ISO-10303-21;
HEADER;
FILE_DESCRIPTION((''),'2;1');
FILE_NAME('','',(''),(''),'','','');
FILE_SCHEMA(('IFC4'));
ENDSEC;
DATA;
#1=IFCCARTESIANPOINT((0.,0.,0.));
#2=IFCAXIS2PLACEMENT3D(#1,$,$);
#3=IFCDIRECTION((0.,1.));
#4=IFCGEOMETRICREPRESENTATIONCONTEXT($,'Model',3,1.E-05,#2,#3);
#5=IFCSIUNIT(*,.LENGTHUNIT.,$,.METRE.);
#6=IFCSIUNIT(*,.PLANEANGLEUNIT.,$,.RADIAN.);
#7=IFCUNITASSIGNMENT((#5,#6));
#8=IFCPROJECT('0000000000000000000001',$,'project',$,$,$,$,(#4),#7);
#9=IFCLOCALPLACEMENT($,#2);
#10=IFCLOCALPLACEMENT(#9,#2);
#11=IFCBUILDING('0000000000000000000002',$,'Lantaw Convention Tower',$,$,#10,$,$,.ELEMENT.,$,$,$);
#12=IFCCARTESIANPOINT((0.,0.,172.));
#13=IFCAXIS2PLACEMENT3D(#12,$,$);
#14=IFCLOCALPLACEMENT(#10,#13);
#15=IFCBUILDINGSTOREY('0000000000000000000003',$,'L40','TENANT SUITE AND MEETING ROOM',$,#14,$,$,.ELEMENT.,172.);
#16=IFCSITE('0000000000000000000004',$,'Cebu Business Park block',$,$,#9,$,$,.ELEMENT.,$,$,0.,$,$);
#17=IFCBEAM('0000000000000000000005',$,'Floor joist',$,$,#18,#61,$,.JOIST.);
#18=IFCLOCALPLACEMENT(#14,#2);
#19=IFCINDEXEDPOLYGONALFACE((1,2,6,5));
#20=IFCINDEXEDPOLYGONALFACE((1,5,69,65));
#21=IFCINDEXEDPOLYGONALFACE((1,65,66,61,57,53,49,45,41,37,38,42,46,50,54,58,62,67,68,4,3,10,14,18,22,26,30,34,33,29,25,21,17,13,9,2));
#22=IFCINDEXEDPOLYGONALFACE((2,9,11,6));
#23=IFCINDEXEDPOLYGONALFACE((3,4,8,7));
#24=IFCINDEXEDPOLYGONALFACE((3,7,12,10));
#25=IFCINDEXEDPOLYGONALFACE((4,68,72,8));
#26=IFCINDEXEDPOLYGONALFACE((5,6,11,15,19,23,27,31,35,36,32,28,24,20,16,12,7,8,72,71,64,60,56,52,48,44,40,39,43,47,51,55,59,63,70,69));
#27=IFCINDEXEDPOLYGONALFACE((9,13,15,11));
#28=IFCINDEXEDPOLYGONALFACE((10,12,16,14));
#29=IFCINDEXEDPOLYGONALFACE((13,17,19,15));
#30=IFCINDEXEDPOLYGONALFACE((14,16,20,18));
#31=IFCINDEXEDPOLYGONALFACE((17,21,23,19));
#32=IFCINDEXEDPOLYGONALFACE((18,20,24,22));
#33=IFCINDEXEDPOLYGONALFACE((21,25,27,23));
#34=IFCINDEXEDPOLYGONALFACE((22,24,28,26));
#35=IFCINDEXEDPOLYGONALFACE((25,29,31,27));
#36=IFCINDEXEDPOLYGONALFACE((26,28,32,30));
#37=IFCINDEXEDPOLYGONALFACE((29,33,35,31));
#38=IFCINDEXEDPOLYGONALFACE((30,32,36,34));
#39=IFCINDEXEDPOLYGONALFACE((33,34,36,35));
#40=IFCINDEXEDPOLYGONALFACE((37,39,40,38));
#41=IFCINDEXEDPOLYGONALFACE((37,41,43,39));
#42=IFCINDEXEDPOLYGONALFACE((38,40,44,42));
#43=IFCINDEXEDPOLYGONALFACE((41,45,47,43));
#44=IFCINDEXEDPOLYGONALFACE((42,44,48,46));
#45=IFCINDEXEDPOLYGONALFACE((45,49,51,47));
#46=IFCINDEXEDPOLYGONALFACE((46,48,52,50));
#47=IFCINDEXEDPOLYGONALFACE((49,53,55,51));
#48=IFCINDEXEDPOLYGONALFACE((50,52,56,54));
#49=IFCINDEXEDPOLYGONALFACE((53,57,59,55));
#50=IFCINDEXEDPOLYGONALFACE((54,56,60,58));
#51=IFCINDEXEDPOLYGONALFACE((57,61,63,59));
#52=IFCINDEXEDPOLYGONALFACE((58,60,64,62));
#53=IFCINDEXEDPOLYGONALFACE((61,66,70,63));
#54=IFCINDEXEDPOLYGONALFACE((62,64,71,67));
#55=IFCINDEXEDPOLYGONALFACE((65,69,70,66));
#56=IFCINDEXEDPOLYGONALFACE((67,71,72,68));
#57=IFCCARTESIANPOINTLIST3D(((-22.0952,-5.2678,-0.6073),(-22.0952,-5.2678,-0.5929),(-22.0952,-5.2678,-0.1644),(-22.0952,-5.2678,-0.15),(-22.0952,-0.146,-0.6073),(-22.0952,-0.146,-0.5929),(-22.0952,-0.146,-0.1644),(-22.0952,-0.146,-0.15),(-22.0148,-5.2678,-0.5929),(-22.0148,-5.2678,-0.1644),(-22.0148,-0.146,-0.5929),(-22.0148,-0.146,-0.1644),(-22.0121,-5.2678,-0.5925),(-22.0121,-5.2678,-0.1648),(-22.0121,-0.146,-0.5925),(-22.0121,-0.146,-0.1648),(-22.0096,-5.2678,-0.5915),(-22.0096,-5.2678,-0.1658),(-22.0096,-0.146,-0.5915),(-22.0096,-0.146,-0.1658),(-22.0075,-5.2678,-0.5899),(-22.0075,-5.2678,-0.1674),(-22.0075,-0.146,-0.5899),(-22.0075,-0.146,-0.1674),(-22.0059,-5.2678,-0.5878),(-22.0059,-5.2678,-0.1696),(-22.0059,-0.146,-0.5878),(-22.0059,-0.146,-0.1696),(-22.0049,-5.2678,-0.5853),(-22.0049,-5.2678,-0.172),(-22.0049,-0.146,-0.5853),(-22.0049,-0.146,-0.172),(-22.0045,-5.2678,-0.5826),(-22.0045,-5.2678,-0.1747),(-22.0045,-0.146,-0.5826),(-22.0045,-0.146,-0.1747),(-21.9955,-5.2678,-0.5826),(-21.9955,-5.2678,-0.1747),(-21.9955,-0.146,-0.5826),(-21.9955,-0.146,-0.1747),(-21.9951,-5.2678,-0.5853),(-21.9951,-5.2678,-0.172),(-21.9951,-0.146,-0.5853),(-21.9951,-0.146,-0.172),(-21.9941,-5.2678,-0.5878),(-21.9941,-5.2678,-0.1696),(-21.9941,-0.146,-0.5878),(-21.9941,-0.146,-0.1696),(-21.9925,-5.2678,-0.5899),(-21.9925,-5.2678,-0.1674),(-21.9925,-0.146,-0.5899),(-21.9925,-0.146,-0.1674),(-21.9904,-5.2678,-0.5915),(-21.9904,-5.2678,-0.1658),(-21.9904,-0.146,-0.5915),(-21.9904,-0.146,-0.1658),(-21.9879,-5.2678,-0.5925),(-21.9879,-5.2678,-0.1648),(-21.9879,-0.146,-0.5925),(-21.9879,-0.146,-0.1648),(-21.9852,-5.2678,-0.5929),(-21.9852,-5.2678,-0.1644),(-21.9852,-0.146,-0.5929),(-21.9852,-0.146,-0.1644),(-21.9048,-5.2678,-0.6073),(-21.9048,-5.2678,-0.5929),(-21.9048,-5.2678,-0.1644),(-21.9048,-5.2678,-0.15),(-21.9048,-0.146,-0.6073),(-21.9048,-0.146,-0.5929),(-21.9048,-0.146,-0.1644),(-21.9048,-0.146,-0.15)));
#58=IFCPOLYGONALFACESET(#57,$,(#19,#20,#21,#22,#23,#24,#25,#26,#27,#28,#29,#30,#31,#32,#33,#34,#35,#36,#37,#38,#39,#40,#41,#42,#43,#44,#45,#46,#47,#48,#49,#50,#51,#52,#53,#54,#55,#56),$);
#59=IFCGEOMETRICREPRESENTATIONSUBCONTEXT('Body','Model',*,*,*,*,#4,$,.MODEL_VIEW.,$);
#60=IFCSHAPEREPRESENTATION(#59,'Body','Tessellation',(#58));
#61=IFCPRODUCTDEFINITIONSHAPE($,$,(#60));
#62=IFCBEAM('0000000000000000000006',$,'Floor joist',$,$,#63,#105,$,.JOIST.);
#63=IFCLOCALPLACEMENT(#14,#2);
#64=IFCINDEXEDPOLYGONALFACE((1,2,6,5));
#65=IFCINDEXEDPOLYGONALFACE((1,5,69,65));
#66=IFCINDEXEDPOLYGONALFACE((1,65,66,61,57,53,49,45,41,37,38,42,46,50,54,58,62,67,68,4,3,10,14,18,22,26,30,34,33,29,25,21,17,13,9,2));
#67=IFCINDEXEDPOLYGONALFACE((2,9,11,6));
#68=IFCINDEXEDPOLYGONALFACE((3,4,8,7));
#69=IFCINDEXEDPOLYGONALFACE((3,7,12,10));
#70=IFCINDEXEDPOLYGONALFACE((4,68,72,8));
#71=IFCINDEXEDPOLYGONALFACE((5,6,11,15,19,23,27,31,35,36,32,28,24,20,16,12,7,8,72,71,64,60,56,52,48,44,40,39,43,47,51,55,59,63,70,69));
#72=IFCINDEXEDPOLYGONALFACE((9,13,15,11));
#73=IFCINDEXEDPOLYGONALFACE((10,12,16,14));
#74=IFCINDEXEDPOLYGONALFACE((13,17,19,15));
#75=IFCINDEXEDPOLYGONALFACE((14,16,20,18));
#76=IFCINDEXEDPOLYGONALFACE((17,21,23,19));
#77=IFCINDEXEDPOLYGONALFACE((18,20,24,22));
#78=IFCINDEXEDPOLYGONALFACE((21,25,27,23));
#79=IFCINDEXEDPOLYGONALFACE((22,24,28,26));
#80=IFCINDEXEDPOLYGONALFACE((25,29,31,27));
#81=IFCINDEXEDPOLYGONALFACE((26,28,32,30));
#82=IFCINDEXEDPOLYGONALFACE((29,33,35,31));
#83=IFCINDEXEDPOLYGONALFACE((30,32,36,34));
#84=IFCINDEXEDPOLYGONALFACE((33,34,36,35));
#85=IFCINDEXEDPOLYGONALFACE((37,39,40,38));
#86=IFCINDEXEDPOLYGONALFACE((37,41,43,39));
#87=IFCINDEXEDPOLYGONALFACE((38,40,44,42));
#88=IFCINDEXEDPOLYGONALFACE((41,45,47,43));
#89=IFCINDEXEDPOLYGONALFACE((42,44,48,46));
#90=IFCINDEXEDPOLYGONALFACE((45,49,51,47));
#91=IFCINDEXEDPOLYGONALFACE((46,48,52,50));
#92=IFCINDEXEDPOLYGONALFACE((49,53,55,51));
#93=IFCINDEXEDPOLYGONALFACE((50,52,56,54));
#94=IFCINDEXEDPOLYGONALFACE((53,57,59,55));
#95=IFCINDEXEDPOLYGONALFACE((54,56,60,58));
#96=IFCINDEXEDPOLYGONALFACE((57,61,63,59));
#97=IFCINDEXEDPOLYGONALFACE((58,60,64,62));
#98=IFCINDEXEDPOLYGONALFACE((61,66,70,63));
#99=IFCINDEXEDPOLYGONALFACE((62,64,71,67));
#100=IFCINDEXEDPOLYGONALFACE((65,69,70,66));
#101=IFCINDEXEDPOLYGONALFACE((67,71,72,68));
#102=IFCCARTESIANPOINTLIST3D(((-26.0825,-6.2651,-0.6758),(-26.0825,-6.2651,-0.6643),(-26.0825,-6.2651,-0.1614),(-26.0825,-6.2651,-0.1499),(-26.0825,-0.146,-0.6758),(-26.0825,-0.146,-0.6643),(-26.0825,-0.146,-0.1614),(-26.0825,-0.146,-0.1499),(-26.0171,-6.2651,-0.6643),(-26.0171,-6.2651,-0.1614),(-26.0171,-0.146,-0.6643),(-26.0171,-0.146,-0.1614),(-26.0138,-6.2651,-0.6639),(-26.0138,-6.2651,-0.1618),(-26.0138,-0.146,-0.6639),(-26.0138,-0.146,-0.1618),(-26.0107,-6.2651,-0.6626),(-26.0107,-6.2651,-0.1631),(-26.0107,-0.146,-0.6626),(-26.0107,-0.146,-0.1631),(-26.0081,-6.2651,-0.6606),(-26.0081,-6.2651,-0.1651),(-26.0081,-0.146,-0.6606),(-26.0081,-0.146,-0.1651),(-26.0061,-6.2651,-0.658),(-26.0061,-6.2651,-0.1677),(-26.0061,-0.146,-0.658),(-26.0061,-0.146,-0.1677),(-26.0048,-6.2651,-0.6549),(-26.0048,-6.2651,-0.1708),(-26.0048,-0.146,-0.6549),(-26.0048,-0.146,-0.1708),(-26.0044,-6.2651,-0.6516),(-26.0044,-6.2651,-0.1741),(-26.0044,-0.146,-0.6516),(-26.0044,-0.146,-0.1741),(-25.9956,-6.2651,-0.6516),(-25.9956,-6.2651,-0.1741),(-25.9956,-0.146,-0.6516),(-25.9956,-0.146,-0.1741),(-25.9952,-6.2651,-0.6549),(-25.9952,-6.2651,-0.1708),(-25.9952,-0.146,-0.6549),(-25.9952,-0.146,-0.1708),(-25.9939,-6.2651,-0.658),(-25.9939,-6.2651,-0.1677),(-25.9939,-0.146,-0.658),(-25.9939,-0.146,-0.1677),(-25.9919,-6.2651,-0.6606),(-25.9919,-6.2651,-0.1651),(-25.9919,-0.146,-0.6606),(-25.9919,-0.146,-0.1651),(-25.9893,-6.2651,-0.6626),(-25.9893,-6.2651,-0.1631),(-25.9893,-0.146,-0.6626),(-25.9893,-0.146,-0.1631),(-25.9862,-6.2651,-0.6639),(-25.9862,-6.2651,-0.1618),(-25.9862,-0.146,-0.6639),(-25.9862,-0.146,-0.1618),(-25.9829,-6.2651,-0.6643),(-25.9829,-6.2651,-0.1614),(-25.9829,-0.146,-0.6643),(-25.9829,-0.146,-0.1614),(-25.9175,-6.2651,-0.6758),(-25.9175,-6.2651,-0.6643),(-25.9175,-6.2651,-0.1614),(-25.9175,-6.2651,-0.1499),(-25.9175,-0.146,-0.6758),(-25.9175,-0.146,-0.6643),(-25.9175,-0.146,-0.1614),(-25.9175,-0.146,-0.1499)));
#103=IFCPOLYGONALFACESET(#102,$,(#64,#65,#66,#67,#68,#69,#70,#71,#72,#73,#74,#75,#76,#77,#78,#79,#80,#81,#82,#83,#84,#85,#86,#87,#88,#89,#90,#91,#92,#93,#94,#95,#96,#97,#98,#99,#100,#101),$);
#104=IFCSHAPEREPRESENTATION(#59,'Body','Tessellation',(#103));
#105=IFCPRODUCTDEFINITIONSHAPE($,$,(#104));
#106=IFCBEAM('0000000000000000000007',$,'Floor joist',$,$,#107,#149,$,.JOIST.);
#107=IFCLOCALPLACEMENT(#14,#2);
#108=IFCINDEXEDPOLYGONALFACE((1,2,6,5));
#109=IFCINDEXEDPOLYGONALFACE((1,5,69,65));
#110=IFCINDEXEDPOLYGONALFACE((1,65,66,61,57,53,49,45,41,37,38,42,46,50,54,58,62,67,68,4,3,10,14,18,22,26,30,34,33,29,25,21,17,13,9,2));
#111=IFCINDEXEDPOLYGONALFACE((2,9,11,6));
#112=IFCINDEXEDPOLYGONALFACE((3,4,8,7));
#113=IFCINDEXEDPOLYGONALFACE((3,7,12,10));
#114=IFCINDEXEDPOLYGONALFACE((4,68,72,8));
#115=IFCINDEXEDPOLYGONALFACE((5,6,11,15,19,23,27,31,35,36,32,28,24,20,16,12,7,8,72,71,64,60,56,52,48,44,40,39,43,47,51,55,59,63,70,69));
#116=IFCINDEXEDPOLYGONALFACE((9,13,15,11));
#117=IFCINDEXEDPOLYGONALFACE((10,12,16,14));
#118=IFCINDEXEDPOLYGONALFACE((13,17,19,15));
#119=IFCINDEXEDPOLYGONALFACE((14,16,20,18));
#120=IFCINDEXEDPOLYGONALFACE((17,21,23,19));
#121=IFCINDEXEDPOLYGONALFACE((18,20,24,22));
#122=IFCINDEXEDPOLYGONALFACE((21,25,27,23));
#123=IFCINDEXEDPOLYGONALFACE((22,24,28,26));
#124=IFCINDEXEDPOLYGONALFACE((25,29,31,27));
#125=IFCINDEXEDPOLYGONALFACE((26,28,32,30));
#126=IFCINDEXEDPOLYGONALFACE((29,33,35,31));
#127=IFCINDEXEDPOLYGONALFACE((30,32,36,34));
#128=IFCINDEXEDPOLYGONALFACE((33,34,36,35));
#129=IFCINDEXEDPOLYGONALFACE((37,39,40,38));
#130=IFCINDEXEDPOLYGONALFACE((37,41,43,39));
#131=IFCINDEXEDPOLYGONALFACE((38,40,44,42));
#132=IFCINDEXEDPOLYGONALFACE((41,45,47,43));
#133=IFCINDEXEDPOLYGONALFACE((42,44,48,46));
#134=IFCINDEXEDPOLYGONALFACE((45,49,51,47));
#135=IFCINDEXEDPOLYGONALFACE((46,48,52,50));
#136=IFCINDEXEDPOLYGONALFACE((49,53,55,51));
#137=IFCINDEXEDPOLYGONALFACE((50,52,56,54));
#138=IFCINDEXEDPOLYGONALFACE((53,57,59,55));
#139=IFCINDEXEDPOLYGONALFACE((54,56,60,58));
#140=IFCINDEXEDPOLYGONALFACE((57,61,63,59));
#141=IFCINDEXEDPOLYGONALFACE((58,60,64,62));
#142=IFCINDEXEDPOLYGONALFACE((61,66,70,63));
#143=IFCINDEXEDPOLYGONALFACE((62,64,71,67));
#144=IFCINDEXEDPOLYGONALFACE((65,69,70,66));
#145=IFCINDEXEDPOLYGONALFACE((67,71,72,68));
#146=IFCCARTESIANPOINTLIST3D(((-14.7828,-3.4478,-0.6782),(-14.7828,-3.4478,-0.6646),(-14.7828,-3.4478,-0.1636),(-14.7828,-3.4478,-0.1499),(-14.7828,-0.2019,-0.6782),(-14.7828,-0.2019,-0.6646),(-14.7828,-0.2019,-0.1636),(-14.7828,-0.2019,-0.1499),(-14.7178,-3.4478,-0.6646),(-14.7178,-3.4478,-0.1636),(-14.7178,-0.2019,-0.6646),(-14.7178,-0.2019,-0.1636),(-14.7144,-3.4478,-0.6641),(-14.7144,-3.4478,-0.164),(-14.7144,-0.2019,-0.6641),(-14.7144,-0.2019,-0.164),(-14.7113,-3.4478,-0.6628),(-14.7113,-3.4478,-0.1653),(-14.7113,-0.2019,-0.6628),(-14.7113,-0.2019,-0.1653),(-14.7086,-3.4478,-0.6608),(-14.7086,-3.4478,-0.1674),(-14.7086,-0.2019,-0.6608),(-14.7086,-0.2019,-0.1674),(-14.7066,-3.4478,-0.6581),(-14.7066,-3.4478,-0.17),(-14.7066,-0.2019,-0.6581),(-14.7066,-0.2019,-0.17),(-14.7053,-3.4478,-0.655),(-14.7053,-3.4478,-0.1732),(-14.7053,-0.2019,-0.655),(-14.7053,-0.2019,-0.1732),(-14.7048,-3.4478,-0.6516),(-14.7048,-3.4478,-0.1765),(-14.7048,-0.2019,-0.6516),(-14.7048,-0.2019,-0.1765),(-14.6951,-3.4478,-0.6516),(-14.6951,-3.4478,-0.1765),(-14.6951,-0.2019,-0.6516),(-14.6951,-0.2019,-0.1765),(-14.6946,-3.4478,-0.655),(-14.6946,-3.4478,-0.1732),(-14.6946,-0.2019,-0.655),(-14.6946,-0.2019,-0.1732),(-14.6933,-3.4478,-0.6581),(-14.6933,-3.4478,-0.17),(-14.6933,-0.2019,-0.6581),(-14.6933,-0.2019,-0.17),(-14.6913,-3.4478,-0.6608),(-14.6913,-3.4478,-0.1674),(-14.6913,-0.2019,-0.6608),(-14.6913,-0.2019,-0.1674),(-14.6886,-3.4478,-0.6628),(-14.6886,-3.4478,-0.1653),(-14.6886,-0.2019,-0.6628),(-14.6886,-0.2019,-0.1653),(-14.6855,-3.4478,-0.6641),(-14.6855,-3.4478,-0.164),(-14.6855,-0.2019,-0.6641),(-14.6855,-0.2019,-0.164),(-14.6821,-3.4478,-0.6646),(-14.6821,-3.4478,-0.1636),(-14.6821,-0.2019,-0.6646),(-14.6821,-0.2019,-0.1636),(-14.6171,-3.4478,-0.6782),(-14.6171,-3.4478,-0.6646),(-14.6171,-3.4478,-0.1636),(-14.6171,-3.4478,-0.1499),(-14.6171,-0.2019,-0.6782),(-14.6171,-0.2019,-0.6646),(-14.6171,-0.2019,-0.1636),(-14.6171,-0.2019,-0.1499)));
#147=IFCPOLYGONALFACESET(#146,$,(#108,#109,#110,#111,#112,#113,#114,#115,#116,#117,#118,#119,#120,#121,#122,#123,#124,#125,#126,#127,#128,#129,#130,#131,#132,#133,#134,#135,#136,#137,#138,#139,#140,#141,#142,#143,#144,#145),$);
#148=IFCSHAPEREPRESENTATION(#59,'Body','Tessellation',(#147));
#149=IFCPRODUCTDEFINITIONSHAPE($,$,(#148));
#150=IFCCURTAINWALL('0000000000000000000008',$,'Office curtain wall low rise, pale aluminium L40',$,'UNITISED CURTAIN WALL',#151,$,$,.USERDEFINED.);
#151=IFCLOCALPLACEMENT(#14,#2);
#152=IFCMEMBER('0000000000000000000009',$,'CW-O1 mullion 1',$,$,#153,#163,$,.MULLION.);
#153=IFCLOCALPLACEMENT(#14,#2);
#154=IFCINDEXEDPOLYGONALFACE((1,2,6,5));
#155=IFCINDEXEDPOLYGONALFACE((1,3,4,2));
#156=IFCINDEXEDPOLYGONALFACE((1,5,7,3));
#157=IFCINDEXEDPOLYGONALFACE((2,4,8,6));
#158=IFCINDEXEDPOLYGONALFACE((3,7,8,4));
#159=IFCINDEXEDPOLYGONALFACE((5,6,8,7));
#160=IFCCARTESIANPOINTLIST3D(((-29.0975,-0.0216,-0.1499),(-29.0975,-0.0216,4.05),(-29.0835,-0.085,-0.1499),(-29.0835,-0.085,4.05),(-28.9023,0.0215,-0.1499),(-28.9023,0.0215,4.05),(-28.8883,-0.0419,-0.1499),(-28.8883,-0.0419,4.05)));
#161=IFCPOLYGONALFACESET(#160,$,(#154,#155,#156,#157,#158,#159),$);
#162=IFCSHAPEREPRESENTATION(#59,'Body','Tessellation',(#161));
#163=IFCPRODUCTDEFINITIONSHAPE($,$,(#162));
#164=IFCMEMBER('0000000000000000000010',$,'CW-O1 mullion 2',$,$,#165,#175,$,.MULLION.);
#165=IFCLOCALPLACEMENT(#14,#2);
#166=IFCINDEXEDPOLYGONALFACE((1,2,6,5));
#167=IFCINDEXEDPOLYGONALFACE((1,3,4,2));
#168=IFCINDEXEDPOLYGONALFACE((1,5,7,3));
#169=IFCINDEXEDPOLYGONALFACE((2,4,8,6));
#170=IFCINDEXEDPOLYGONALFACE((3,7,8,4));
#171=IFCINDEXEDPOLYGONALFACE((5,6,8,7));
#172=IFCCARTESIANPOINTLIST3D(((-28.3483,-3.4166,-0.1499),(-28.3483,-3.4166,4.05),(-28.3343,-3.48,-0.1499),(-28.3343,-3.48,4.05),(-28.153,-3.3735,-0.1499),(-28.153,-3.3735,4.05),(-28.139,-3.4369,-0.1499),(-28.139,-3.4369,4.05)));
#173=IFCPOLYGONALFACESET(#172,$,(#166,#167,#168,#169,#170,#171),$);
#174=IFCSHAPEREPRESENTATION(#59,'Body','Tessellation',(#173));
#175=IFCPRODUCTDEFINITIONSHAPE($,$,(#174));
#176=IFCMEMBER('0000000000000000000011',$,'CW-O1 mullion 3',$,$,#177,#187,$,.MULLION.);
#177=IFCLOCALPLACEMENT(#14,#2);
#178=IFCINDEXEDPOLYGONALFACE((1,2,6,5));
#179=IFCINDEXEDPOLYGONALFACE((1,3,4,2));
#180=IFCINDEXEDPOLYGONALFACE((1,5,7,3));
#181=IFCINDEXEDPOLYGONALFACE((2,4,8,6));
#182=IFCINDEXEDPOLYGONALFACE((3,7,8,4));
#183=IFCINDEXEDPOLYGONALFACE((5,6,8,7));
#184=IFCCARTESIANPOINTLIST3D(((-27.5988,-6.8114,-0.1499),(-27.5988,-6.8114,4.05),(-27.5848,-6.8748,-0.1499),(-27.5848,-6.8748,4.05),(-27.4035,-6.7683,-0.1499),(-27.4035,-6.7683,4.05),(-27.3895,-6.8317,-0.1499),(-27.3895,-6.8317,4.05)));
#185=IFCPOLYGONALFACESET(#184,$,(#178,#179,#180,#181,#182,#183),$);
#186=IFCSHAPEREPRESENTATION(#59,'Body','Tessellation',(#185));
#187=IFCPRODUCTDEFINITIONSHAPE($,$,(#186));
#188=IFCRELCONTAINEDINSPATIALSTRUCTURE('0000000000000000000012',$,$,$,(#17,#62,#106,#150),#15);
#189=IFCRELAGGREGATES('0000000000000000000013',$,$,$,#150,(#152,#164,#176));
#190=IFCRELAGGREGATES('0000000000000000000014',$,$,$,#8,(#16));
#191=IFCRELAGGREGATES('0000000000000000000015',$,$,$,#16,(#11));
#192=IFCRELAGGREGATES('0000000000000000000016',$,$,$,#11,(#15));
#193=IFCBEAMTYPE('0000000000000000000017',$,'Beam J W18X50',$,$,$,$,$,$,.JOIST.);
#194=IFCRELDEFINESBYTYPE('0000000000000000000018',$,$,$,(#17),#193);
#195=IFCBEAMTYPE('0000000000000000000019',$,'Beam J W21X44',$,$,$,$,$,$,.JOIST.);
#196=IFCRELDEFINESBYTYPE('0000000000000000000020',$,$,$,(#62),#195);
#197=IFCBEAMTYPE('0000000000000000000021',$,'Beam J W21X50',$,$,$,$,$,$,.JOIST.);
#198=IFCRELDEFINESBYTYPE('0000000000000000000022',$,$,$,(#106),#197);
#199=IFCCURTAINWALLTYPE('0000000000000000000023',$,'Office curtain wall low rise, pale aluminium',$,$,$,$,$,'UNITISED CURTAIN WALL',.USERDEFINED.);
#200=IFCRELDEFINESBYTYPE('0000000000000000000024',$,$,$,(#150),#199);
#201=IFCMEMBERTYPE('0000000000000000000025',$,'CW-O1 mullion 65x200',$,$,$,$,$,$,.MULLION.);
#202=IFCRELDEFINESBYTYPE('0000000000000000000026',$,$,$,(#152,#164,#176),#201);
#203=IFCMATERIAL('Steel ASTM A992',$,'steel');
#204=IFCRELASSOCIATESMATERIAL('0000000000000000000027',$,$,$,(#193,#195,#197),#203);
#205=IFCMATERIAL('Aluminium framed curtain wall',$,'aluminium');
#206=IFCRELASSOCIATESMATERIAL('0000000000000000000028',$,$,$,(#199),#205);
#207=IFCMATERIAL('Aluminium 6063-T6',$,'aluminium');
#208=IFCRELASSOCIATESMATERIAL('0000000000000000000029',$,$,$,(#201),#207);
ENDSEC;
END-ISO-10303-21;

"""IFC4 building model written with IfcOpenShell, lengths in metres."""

from ifc_helpers import new_model, si_unit, direction, frame, origin, origin_2d, place, context, subcontext, project, spatial, rectangle, i_section, extrude, material, material_profile, profile_set, type_object, element, aggregate, save


model = new_model("IFC4")

# Units and contexts
model_context = context("Model", 3, precision=1e-05, world=origin(), true_north=direction((0.0, 1.0)))
body_context = subcontext(model_context, "Body", "Model", "MODEL_VIEW")
ifc_project = project(units=[si_unit("LENGTHUNIT", "METRE"), si_unit("PLANEANGLEUNIT", "RADIAN")], contexts=[model_context])

# Site, building, storey
site_placement = place(None, origin())
site = spatial("IfcSite", under=ifc_project, at=site_placement, Name="Cebu Business Park block", CompositionType="ELEMENT", RefElevation=0.0)
building_placement = place(site_placement, origin())
building = spatial("IfcBuilding", under=site, at=building_placement, Name="Lantaw Convention Tower", CompositionType="ELEMENT")
storey_placement = place(building_placement, frame((0.0, 0.0, 172.0)))
storey = spatial("IfcBuildingStorey", under=building, at=storey_placement, Name="L40", Description="TENANT SUITE AND MEETING ROOM", CompositionType="ELEMENT", Elevation=172.0)

# Beams
ifc_material_1 = material(Name="Steel ASTM A992", Category="steel")
ifc_material_profile_1 = material_profile(ifc_material_1, i_section(OverallWidth=0.1904, OverallDepth=0.4573, WebThickness=0.009, FlangeThickness=0.0144, FilletRadius=0.0103, at=origin_2d()), Name="W18X50")
ifc_profile_set_1 = profile_set([ifc_material_profile_1], Name="Steel ASTM A992")
beam_type_1 = type_object("IfcBeamType", Name="Beam J W18X50", PredefinedType="JOIST", material=ifc_profile_set_1)
beam_1_placement = place(storey_placement, frame((-22.0, -5.2678, -0.3787), z_axis=(0.0, 1.0, 0.0), x_axis=(-1.0, 0.0, 0.0)))
element("IfcBeam", 1, at=beam_1_placement, inside=storey, type_object=beam_type_1, Name="Floor joist", PredefinedType="JOIST", context=body_context, shape_type="SweptSolid", body=[
    extrude(i_section(OverallWidth=0.1904, OverallDepth=0.4573, WebThickness=0.009, FlangeThickness=0.0144, FilletRadius=0.0103, at=origin_2d()), origin(), (0.0, 0.0, 1.0), 5.1218),
])
ifc_material_profile_2 = material_profile(ifc_material_1, i_section(OverallWidth=0.165, OverallDepth=0.5259, WebThickness=0.0088, FlangeThickness=0.0115, FilletRadius=0.0127, at=origin_2d()), Name="W21X44")
ifc_profile_set_2 = profile_set([ifc_material_profile_2], Name="Steel ASTM A992")
beam_type_2 = type_object("IfcBeamType", Name="Beam J W21X44", PredefinedType="JOIST", material=ifc_profile_set_2)
beam_2_placement = place(storey_placement, frame((-26.0, -6.2651, -0.4128), z_axis=(0.0, 1.0, 0.0), x_axis=(-1.0, 0.0, 0.0)))
element("IfcBeam", 2, at=beam_2_placement, inside=storey, type_object=beam_type_2, Name="Floor joist", PredefinedType="JOIST", context=body_context, shape_type="SweptSolid", body=[
    extrude(i_section(OverallWidth=0.165, OverallDepth=0.5259, WebThickness=0.0088, FlangeThickness=0.0115, FilletRadius=0.0127, at=origin_2d()), origin(), (0.0, 0.0, 1.0), 6.1191),
])
ifc_material_profile_3 = material_profile(ifc_material_1, i_section(OverallWidth=0.1658, OverallDepth=0.5283, WebThickness=0.0098, FlangeThickness=0.0137, FilletRadius=0.0129, at=origin_2d()), Name="W21X50")
ifc_profile_set_3 = profile_set([ifc_material_profile_3], Name="Steel ASTM A992")
beam_type_3 = type_object("IfcBeamType", Name="Beam J W21X50", PredefinedType="JOIST", material=ifc_profile_set_3)
beam_3_placement = place(storey_placement, frame((-14.7, -3.4478, -0.4141), z_axis=(0.0, 1.0, 0.0), x_axis=(-1.0, 0.0, 0.0)))
element("IfcBeam", 3, at=beam_3_placement, inside=storey, type_object=beam_type_3, Name="Floor joist", PredefinedType="JOIST", context=body_context, shape_type="SweptSolid", body=[
    extrude(i_section(OverallWidth=0.1658, OverallDepth=0.5283, WebThickness=0.0098, FlangeThickness=0.0137, FilletRadius=0.0129, at=origin_2d()), origin(), (0.0, 0.0, 1.0), 3.2458),
])

# Curtain wall, members
ifc_material_2 = material(Name="Aluminium framed curtain wall", Category="aluminium")
curtain_wall_type = type_object("IfcCurtainWallType", Name="Office curtain wall low rise, pale aluminium", ElementType="UNITISED CURTAIN WALL", PredefinedType="USERDEFINED", material=ifc_material_2)
curtain_wall_1_placement = place(storey_placement, origin())
curtain_wall_1 = element("IfcCurtainWall", 4, at=curtain_wall_1_placement, inside=storey, type_object=curtain_wall_type, Name="Office curtain wall low rise, pale aluminium L40", ObjectType="UNITISED CURTAIN WALL", PredefinedType="USERDEFINED")
ifc_material_3 = material(Name="Aluminium 6063-T6", Category="aluminium")
ifc_material_profile_4 = material_profile(ifc_material_3, rectangle(XDim=0.2, YDim=0.0649, at=origin_2d()), Name="CW-O1 mullion 65x200")
ifc_profile_set_4 = profile_set([ifc_material_profile_4], Name="Aluminium 6063-T6")
member_type_1 = type_object("IfcMemberType", Name="CW-O1 mullion 65x200", PredefinedType="MULLION", material=ifc_profile_set_4)
member_1_placement = place(storey_placement, frame((-28.9929, -0.0317, -0.1499), z_axis=(0.0, 0.0, 1.0), x_axis=(0.976494, 0.215546, 0.0)))
member_1 = element("IfcMember", 5, at=member_1_placement, type_object=member_type_1, Name="CW-O1 mullion 1", PredefinedType="MULLION", context=body_context, shape_type="SweptSolid", body=[
    extrude(rectangle(XDim=0.2, YDim=0.0649, at=origin_2d()), origin(), (0.0, 0.0, 1.0), 4.2),
])
member_2_placement = place(storey_placement, frame((-28.2437, -3.4268, -0.1499), z_axis=(0.0, 0.0, 1.0), x_axis=(0.976494, 0.215546, 0.0)))
member_2 = element("IfcMember", 6, at=member_2_placement, type_object=member_type_1, Name="CW-O1 mullion 2", PredefinedType="MULLION", context=body_context, shape_type="SweptSolid", body=[
    extrude(rectangle(XDim=0.2, YDim=0.0649, at=origin_2d()), origin(), (0.0, 0.0, 1.0), 4.2),
])
member_3_placement = place(storey_placement, frame((-27.4941, -6.8215, -0.1499), z_axis=(0.0, 0.0, 1.0), x_axis=(0.976494, 0.215546, 0.0)))
member_3 = element("IfcMember", 7, at=member_3_placement, type_object=member_type_1, Name="CW-O1 mullion 3", PredefinedType="MULLION", context=body_context, shape_type="SweptSolid", body=[
    extrude(rectangle(XDim=0.2, YDim=0.0649, at=origin_2d()), origin(), (0.0, 0.0, 1.0), 4.2),
])

aggregate(curtain_wall_1, [member_1, member_2, member_3])

save(model, "model.ifc")
